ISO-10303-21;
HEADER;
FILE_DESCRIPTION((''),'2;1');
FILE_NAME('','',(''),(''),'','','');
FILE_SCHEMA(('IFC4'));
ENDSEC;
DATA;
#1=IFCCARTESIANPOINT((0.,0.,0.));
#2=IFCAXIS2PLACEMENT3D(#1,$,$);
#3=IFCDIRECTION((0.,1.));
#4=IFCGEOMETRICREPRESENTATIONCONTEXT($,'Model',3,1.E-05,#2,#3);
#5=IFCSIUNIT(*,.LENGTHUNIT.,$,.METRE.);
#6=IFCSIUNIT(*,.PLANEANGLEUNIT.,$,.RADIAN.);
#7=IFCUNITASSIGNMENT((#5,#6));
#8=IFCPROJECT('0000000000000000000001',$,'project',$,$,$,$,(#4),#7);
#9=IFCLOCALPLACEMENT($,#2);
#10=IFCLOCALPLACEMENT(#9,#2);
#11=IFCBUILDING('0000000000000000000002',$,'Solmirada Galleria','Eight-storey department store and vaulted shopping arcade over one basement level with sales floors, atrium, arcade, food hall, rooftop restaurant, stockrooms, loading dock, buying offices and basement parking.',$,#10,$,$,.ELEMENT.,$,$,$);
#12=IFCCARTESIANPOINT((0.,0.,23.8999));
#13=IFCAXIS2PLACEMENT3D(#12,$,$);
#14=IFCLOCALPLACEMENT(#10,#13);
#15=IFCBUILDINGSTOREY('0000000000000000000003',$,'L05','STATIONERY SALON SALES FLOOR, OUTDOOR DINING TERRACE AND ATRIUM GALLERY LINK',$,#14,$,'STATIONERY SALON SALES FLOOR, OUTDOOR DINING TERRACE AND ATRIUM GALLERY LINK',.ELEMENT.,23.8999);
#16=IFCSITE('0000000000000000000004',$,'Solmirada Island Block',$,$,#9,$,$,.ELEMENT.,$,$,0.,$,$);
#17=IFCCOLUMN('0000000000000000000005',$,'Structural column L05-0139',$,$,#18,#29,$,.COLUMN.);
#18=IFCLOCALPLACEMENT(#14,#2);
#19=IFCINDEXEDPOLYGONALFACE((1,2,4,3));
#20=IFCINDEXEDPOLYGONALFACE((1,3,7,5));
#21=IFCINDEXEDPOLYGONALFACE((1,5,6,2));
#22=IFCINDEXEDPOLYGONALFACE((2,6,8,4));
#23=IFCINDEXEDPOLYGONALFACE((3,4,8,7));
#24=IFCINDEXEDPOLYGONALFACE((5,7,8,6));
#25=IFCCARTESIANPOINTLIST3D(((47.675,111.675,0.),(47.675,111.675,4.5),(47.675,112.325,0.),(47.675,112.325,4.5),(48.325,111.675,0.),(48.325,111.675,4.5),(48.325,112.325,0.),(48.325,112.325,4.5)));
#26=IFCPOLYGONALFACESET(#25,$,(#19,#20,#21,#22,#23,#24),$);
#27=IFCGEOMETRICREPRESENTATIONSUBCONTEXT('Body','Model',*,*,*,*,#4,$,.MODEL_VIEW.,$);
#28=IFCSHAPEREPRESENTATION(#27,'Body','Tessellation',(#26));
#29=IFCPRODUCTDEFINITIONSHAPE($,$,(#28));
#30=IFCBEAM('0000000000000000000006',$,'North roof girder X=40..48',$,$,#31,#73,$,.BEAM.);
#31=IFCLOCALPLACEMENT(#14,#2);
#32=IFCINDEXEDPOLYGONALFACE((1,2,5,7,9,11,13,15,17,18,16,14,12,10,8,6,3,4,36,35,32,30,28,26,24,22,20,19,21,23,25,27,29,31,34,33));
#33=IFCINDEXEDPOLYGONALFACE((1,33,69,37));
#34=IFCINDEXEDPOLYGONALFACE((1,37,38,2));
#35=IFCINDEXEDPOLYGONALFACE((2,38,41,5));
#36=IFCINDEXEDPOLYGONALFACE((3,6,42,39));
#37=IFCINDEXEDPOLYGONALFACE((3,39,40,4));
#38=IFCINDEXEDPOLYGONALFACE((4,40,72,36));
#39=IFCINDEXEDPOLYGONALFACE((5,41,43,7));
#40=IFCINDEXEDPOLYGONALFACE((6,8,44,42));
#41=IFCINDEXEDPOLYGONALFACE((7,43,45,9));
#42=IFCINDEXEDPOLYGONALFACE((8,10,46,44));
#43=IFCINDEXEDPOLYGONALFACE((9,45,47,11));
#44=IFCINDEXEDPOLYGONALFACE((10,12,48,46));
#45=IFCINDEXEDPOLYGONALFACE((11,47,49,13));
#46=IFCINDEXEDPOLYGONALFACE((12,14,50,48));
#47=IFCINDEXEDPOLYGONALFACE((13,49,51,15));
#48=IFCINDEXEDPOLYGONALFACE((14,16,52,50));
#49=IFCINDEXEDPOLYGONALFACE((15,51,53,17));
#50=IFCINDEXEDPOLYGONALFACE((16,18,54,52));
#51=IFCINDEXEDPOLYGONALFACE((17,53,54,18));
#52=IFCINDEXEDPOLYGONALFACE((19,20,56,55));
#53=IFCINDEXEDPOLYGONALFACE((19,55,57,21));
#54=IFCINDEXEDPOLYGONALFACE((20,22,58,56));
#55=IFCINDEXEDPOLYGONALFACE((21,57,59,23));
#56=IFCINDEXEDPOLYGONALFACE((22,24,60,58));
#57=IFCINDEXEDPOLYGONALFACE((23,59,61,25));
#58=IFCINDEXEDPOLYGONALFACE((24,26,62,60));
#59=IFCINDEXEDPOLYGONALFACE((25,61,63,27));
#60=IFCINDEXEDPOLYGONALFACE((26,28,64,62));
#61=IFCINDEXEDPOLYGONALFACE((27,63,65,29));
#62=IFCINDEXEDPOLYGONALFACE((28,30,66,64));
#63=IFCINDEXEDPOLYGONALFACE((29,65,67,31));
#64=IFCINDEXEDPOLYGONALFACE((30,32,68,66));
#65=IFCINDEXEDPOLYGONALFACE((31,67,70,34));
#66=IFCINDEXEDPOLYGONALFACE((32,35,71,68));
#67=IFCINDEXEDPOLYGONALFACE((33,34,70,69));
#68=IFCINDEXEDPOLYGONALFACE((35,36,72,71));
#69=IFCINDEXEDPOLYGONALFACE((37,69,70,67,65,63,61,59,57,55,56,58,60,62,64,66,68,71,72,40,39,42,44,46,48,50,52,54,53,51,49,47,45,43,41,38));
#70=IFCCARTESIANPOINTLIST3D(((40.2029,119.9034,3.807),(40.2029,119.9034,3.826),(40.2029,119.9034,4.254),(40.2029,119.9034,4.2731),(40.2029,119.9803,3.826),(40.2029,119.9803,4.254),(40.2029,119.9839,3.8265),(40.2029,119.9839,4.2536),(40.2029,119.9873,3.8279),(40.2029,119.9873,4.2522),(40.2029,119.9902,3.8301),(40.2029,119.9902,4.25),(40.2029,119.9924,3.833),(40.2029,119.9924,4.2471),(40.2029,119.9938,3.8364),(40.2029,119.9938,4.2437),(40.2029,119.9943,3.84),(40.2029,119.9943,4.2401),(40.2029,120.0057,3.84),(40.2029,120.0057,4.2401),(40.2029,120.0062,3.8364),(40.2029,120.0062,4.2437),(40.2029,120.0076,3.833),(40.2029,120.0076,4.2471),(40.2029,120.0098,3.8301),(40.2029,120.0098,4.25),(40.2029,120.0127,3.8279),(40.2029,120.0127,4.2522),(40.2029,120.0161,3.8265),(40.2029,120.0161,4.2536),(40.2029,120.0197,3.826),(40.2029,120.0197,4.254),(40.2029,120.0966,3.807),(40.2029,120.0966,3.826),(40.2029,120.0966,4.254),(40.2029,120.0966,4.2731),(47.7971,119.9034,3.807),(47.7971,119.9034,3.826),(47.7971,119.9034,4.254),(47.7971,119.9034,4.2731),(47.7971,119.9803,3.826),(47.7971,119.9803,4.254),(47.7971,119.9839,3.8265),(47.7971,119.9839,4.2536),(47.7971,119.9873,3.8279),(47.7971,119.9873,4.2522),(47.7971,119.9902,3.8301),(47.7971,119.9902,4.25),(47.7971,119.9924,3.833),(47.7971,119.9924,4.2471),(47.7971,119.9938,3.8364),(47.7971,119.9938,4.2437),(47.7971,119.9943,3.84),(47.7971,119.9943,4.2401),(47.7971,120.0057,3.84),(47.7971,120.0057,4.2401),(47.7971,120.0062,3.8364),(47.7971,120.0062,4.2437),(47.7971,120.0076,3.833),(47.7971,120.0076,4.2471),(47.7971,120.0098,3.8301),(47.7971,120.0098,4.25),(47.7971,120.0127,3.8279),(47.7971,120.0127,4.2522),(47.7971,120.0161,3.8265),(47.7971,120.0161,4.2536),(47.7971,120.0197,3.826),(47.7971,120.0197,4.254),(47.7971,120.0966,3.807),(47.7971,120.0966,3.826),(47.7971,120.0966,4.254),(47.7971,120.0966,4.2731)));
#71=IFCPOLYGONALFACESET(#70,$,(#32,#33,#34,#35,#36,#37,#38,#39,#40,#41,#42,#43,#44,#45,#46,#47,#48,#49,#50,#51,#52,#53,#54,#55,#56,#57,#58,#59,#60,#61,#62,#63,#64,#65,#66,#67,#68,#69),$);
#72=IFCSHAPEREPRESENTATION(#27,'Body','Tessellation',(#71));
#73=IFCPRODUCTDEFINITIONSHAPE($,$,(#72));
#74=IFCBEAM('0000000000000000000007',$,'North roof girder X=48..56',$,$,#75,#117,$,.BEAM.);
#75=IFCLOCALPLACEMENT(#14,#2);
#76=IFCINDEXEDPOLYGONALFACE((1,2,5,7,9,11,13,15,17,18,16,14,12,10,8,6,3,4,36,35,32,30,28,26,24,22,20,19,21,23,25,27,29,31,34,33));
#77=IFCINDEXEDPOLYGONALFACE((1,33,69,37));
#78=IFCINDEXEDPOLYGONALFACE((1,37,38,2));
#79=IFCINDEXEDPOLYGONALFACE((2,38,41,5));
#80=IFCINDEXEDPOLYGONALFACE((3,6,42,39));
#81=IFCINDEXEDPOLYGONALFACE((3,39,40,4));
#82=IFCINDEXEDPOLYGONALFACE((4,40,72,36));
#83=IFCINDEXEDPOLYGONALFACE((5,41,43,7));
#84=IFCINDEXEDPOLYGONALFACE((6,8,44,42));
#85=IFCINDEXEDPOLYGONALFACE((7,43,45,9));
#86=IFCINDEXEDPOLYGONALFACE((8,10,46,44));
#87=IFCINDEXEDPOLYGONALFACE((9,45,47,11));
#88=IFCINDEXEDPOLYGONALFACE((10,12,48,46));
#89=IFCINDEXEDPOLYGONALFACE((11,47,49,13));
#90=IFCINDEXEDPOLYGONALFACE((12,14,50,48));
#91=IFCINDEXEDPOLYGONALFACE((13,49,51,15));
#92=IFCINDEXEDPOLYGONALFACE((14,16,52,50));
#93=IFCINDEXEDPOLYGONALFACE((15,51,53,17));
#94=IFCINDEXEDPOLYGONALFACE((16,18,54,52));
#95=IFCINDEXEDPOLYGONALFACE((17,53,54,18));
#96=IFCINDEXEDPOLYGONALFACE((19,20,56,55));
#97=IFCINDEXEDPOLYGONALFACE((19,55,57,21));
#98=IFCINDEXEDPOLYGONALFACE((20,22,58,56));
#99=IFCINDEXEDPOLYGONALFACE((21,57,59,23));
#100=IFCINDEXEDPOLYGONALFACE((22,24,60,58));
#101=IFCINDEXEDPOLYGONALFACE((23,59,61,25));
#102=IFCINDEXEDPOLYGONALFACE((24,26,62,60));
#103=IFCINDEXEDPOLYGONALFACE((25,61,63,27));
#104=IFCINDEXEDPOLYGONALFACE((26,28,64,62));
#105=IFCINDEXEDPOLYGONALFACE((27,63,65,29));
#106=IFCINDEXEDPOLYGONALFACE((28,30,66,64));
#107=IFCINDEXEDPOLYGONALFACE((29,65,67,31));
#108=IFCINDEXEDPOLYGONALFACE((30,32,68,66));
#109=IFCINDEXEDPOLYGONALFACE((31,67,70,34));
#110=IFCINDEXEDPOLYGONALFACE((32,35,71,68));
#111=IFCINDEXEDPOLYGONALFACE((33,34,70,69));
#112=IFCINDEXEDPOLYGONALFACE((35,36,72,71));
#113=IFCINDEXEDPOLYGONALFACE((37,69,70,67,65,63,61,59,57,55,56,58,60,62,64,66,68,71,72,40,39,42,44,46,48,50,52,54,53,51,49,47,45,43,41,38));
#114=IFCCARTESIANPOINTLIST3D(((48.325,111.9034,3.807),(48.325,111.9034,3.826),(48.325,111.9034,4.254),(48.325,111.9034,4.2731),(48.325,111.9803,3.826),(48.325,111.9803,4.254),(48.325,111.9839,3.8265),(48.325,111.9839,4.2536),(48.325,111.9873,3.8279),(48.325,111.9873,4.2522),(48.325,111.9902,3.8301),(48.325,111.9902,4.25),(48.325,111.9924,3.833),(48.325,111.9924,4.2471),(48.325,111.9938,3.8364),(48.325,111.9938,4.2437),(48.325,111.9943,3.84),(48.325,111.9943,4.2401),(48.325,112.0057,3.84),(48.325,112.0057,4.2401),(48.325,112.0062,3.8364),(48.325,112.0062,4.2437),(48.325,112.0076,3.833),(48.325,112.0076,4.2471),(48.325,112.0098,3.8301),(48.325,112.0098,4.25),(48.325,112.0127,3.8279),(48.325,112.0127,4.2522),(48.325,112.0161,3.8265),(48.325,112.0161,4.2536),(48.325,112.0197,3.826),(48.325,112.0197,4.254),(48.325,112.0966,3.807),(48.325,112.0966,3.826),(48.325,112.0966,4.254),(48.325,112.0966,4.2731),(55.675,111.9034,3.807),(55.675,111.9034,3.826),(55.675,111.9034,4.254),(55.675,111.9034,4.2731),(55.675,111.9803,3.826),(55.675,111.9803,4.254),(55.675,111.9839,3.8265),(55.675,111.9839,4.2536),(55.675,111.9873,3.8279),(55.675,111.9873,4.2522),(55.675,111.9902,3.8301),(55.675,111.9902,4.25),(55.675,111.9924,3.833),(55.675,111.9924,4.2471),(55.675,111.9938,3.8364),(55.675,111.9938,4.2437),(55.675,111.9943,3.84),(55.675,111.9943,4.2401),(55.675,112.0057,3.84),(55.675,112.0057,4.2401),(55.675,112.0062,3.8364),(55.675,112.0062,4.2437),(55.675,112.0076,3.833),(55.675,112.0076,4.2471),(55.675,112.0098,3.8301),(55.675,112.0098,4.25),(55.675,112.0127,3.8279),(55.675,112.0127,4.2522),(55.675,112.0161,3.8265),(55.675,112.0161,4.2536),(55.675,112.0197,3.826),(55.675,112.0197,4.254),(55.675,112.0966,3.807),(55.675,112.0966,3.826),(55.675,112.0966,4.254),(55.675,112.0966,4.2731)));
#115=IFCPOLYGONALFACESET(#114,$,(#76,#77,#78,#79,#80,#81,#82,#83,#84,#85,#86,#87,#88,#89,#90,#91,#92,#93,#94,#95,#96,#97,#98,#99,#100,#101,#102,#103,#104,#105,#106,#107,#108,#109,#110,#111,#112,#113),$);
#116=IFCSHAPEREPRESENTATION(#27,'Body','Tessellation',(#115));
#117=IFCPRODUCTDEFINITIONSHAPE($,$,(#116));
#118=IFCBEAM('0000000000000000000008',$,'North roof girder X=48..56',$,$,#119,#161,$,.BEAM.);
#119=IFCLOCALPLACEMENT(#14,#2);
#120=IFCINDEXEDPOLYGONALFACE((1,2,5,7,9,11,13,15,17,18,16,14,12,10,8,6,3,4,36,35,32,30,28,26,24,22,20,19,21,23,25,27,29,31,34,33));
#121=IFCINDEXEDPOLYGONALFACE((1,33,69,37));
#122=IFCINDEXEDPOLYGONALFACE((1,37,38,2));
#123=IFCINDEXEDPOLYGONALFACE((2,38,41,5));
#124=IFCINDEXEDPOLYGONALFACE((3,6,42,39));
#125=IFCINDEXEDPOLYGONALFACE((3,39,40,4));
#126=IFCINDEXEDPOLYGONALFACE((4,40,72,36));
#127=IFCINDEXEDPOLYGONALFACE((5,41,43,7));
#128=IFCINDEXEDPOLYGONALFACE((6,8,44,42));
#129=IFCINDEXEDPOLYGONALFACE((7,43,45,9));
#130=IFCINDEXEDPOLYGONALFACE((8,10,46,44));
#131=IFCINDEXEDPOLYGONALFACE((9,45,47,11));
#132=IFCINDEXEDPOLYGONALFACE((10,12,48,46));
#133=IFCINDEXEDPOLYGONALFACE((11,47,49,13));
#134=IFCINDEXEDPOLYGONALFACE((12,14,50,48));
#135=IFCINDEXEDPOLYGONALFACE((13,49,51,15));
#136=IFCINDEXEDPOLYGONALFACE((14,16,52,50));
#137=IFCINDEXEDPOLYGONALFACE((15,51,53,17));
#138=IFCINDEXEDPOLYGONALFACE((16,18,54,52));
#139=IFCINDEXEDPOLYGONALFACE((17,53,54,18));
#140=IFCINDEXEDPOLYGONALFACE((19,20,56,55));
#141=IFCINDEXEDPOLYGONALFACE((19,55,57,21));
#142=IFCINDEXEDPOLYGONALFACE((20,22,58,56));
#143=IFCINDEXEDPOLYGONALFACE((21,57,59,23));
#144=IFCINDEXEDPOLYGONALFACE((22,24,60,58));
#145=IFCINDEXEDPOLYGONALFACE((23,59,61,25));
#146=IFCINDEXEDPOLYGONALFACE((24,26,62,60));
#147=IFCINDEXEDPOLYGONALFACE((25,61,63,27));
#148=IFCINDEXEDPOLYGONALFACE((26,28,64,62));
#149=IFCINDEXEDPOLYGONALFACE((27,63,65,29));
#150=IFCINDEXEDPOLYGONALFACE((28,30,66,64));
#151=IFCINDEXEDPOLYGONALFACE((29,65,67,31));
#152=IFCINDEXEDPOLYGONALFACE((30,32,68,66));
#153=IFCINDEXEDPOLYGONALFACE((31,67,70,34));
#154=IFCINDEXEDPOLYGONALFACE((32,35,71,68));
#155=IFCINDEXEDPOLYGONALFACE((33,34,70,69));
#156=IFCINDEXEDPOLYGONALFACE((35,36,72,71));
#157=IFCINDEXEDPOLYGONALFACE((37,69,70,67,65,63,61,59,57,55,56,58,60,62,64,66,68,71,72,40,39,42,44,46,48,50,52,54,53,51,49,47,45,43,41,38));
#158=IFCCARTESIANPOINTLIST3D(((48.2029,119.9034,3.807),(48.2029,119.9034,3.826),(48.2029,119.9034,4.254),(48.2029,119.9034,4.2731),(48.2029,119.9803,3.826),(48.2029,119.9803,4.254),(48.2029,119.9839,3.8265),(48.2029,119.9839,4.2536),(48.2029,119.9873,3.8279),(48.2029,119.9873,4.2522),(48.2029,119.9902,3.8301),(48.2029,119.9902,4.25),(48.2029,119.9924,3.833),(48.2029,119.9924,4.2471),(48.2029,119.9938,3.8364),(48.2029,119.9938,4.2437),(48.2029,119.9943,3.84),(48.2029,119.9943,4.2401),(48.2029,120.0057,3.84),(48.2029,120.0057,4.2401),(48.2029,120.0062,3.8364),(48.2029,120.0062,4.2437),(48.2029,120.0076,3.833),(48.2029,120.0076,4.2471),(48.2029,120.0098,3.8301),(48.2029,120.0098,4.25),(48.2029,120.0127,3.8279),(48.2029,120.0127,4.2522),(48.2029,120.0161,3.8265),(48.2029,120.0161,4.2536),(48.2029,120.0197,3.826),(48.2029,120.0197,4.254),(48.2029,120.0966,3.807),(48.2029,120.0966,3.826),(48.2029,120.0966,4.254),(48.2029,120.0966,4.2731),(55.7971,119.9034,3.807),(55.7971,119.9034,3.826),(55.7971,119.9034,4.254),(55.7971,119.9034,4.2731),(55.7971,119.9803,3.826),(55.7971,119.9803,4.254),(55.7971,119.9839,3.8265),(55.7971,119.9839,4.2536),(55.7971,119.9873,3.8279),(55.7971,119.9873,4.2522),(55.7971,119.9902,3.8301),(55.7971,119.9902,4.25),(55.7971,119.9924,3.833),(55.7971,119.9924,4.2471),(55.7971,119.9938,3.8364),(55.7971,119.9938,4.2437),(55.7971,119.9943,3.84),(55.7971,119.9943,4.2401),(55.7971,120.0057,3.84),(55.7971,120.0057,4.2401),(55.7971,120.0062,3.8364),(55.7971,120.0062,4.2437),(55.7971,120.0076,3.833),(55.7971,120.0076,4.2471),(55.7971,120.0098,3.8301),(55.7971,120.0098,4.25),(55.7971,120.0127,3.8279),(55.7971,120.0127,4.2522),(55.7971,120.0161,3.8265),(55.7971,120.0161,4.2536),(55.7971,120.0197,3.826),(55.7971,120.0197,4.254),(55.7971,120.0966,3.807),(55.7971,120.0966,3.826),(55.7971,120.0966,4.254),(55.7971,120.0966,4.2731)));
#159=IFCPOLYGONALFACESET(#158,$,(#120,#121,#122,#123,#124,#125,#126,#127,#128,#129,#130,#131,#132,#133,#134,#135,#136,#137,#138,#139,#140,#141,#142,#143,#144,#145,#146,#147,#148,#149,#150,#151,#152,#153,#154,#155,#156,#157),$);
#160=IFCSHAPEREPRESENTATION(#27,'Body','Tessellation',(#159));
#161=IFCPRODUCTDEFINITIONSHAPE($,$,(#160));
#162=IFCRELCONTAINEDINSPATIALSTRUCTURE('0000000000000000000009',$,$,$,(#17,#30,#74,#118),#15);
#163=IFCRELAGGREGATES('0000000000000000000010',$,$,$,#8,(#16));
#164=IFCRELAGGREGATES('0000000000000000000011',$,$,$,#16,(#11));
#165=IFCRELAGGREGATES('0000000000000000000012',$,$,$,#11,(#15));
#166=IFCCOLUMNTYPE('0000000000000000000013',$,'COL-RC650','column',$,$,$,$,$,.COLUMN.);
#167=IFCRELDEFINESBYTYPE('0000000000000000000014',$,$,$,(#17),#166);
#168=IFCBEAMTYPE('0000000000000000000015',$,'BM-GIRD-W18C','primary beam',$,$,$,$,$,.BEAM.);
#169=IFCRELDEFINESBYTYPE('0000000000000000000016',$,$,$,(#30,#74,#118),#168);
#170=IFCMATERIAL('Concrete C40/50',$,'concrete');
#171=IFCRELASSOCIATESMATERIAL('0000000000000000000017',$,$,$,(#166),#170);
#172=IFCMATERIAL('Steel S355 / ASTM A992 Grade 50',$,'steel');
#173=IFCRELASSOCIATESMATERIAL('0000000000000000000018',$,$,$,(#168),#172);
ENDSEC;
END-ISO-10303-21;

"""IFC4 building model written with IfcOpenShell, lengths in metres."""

from ifc_helpers import new_model, si_unit, direction, frame, origin, origin_2d, place, context, subcontext, project, spatial, rectangle, i_section, extrude, material, material_profile, profile_set, type_object, element, save


model = new_model("IFC4")

# Units and contexts
model_context = context("Model", 3, precision=1e-05, world=origin(), true_north=direction((0.0, 1.0)))
body_context = subcontext(model_context, "Body", "Model", "MODEL_VIEW")
ifc_project = project(units=[si_unit("LENGTHUNIT", "METRE"), si_unit("PLANEANGLEUNIT", "RADIAN")], contexts=[model_context])

# Site, building, storey
site_placement = place(None, origin())
site = spatial("IfcSite", under=ifc_project, at=site_placement, Name="Solmirada Island Block", CompositionType="ELEMENT", RefElevation=0.0)
building_placement = place(site_placement, origin())
building = spatial("IfcBuilding", under=site, at=building_placement, Name="Solmirada Galleria", Description="Eight-storey department store and vaulted shopping arcade over one basement level with sales floors, atrium, arcade, food hall, rooftop restaurant, stockrooms, loading dock, buying offices and basement parking.", CompositionType="ELEMENT")
storey_placement = place(building_placement, frame((0.0, 0.0, 23.8999)))
storey = spatial("IfcBuildingStorey", under=building, at=storey_placement, Name="L05", Description="STATIONERY SALON SALES FLOOR, OUTDOOR DINING TERRACE AND ATRIUM GALLERY LINK", LongName="STATIONERY SALON SALES FLOOR, OUTDOOR DINING TERRACE AND ATRIUM GALLERY LINK", CompositionType="ELEMENT", Elevation=23.8999)

# Column
ifc_material_1 = material(Name="Concrete C40/50", Category="concrete")
ifc_material_profile_1 = material_profile(ifc_material_1, rectangle(XDim=0.6499, YDim=0.6499, at=origin_2d()), Name="RC650X650")
ifc_profile_set_1 = profile_set([ifc_material_profile_1], Name="Concrete C40/50")
column_type_1 = type_object("IfcColumnType", Name="COL-RC650", Description="column", PredefinedType="COLUMN", material=ifc_profile_set_1)
column_placement = place(storey_placement, frame((48.0, 112.0, 0.0), z_axis=(0.0, 0.0, 1.0), x_axis=(1.0, 0.0, 0.0)))
element("IfcColumn", 1, at=column_placement, inside=storey, type_object=column_type_1, Name="Structural column L05-0139", PredefinedType="COLUMN", context=body_context, shape_type="SweptSolid", body=[
    extrude(rectangle(XDim=0.6499, YDim=0.6499, at=origin_2d()), origin(), (0.0, 0.0, 1.0), 4.5),
])

# Beams
ifc_material_2 = material(Name="Steel S355 / ASTM A992 Grade 50", Category="steel")
ifc_material_profile_2 = material_profile(ifc_material_2, i_section(OverallWidth=0.1931, OverallDepth=0.4661, WebThickness=0.0115, FlangeThickness=0.019, FilletRadius=0.0139, at=origin_2d()), Name="W18X65")
ifc_profile_set_2 = profile_set([ifc_material_profile_2], Name="Steel S355 / ASTM A992 Grade 50")
beam_type = type_object("IfcBeamType", Name="BM-GIRD-W18C", Description="primary beam", PredefinedType="BEAM", material=ifc_profile_set_2)
beam_1_placement = place(storey_placement, frame((40.2029, 120.0, 4.04), z_axis=(1.0, 0.0, 0.0), x_axis=(0.0, 1.0, 0.0)))
element("IfcBeam", 2, at=beam_1_placement, inside=storey, type_object=beam_type, Name="North roof girder X=40..48", PredefinedType="BEAM", context=body_context, shape_type="SweptSolid", body=[
    extrude(i_section(OverallWidth=0.1931, OverallDepth=0.4661, WebThickness=0.0115, FlangeThickness=0.019, FilletRadius=0.0139, at=origin_2d()), origin(), (0.0, 0.0, 1.0), 7.5942),
])
beam_2_placement = place(storey_placement, frame((48.325, 112.0, 4.04), z_axis=(1.0, 0.0, 0.0), x_axis=(0.0, 1.0, 0.0)))
element("IfcBeam", 3, at=beam_2_placement, inside=storey, type_object=beam_type, Name="North roof girder X=48..56", PredefinedType="BEAM", context=body_context, shape_type="SweptSolid", body=[
    extrude(i_section(OverallWidth=0.1931, OverallDepth=0.4661, WebThickness=0.0115, FlangeThickness=0.019, FilletRadius=0.0139, at=origin_2d()), origin(), (0.0, 0.0, 1.0), 7.3501),
])
for number, where, z_axis, x_axis, name in (
    (4, (48.2029, 120.0, 4.04), (1.0, 0.0, 0.0), (0.0, 1.0, 0.0), "North roof girder X=48..56"),
):
    element("IfcBeam", number, at=place(storey_placement, frame(where, z_axis=z_axis, x_axis=x_axis)), inside=storey, type_object=beam_type, Name=name, PredefinedType="BEAM", context=body_context, shape_type="SweptSolid", body=[
        extrude(i_section(OverallWidth=0.1931, OverallDepth=0.4661, WebThickness=0.0115, FlangeThickness=0.019, FilletRadius=0.0139, at=origin_2d()), origin(), (0.0, 0.0, 1.0), 7.5942),
    ])

save(model, "model.ifc")
